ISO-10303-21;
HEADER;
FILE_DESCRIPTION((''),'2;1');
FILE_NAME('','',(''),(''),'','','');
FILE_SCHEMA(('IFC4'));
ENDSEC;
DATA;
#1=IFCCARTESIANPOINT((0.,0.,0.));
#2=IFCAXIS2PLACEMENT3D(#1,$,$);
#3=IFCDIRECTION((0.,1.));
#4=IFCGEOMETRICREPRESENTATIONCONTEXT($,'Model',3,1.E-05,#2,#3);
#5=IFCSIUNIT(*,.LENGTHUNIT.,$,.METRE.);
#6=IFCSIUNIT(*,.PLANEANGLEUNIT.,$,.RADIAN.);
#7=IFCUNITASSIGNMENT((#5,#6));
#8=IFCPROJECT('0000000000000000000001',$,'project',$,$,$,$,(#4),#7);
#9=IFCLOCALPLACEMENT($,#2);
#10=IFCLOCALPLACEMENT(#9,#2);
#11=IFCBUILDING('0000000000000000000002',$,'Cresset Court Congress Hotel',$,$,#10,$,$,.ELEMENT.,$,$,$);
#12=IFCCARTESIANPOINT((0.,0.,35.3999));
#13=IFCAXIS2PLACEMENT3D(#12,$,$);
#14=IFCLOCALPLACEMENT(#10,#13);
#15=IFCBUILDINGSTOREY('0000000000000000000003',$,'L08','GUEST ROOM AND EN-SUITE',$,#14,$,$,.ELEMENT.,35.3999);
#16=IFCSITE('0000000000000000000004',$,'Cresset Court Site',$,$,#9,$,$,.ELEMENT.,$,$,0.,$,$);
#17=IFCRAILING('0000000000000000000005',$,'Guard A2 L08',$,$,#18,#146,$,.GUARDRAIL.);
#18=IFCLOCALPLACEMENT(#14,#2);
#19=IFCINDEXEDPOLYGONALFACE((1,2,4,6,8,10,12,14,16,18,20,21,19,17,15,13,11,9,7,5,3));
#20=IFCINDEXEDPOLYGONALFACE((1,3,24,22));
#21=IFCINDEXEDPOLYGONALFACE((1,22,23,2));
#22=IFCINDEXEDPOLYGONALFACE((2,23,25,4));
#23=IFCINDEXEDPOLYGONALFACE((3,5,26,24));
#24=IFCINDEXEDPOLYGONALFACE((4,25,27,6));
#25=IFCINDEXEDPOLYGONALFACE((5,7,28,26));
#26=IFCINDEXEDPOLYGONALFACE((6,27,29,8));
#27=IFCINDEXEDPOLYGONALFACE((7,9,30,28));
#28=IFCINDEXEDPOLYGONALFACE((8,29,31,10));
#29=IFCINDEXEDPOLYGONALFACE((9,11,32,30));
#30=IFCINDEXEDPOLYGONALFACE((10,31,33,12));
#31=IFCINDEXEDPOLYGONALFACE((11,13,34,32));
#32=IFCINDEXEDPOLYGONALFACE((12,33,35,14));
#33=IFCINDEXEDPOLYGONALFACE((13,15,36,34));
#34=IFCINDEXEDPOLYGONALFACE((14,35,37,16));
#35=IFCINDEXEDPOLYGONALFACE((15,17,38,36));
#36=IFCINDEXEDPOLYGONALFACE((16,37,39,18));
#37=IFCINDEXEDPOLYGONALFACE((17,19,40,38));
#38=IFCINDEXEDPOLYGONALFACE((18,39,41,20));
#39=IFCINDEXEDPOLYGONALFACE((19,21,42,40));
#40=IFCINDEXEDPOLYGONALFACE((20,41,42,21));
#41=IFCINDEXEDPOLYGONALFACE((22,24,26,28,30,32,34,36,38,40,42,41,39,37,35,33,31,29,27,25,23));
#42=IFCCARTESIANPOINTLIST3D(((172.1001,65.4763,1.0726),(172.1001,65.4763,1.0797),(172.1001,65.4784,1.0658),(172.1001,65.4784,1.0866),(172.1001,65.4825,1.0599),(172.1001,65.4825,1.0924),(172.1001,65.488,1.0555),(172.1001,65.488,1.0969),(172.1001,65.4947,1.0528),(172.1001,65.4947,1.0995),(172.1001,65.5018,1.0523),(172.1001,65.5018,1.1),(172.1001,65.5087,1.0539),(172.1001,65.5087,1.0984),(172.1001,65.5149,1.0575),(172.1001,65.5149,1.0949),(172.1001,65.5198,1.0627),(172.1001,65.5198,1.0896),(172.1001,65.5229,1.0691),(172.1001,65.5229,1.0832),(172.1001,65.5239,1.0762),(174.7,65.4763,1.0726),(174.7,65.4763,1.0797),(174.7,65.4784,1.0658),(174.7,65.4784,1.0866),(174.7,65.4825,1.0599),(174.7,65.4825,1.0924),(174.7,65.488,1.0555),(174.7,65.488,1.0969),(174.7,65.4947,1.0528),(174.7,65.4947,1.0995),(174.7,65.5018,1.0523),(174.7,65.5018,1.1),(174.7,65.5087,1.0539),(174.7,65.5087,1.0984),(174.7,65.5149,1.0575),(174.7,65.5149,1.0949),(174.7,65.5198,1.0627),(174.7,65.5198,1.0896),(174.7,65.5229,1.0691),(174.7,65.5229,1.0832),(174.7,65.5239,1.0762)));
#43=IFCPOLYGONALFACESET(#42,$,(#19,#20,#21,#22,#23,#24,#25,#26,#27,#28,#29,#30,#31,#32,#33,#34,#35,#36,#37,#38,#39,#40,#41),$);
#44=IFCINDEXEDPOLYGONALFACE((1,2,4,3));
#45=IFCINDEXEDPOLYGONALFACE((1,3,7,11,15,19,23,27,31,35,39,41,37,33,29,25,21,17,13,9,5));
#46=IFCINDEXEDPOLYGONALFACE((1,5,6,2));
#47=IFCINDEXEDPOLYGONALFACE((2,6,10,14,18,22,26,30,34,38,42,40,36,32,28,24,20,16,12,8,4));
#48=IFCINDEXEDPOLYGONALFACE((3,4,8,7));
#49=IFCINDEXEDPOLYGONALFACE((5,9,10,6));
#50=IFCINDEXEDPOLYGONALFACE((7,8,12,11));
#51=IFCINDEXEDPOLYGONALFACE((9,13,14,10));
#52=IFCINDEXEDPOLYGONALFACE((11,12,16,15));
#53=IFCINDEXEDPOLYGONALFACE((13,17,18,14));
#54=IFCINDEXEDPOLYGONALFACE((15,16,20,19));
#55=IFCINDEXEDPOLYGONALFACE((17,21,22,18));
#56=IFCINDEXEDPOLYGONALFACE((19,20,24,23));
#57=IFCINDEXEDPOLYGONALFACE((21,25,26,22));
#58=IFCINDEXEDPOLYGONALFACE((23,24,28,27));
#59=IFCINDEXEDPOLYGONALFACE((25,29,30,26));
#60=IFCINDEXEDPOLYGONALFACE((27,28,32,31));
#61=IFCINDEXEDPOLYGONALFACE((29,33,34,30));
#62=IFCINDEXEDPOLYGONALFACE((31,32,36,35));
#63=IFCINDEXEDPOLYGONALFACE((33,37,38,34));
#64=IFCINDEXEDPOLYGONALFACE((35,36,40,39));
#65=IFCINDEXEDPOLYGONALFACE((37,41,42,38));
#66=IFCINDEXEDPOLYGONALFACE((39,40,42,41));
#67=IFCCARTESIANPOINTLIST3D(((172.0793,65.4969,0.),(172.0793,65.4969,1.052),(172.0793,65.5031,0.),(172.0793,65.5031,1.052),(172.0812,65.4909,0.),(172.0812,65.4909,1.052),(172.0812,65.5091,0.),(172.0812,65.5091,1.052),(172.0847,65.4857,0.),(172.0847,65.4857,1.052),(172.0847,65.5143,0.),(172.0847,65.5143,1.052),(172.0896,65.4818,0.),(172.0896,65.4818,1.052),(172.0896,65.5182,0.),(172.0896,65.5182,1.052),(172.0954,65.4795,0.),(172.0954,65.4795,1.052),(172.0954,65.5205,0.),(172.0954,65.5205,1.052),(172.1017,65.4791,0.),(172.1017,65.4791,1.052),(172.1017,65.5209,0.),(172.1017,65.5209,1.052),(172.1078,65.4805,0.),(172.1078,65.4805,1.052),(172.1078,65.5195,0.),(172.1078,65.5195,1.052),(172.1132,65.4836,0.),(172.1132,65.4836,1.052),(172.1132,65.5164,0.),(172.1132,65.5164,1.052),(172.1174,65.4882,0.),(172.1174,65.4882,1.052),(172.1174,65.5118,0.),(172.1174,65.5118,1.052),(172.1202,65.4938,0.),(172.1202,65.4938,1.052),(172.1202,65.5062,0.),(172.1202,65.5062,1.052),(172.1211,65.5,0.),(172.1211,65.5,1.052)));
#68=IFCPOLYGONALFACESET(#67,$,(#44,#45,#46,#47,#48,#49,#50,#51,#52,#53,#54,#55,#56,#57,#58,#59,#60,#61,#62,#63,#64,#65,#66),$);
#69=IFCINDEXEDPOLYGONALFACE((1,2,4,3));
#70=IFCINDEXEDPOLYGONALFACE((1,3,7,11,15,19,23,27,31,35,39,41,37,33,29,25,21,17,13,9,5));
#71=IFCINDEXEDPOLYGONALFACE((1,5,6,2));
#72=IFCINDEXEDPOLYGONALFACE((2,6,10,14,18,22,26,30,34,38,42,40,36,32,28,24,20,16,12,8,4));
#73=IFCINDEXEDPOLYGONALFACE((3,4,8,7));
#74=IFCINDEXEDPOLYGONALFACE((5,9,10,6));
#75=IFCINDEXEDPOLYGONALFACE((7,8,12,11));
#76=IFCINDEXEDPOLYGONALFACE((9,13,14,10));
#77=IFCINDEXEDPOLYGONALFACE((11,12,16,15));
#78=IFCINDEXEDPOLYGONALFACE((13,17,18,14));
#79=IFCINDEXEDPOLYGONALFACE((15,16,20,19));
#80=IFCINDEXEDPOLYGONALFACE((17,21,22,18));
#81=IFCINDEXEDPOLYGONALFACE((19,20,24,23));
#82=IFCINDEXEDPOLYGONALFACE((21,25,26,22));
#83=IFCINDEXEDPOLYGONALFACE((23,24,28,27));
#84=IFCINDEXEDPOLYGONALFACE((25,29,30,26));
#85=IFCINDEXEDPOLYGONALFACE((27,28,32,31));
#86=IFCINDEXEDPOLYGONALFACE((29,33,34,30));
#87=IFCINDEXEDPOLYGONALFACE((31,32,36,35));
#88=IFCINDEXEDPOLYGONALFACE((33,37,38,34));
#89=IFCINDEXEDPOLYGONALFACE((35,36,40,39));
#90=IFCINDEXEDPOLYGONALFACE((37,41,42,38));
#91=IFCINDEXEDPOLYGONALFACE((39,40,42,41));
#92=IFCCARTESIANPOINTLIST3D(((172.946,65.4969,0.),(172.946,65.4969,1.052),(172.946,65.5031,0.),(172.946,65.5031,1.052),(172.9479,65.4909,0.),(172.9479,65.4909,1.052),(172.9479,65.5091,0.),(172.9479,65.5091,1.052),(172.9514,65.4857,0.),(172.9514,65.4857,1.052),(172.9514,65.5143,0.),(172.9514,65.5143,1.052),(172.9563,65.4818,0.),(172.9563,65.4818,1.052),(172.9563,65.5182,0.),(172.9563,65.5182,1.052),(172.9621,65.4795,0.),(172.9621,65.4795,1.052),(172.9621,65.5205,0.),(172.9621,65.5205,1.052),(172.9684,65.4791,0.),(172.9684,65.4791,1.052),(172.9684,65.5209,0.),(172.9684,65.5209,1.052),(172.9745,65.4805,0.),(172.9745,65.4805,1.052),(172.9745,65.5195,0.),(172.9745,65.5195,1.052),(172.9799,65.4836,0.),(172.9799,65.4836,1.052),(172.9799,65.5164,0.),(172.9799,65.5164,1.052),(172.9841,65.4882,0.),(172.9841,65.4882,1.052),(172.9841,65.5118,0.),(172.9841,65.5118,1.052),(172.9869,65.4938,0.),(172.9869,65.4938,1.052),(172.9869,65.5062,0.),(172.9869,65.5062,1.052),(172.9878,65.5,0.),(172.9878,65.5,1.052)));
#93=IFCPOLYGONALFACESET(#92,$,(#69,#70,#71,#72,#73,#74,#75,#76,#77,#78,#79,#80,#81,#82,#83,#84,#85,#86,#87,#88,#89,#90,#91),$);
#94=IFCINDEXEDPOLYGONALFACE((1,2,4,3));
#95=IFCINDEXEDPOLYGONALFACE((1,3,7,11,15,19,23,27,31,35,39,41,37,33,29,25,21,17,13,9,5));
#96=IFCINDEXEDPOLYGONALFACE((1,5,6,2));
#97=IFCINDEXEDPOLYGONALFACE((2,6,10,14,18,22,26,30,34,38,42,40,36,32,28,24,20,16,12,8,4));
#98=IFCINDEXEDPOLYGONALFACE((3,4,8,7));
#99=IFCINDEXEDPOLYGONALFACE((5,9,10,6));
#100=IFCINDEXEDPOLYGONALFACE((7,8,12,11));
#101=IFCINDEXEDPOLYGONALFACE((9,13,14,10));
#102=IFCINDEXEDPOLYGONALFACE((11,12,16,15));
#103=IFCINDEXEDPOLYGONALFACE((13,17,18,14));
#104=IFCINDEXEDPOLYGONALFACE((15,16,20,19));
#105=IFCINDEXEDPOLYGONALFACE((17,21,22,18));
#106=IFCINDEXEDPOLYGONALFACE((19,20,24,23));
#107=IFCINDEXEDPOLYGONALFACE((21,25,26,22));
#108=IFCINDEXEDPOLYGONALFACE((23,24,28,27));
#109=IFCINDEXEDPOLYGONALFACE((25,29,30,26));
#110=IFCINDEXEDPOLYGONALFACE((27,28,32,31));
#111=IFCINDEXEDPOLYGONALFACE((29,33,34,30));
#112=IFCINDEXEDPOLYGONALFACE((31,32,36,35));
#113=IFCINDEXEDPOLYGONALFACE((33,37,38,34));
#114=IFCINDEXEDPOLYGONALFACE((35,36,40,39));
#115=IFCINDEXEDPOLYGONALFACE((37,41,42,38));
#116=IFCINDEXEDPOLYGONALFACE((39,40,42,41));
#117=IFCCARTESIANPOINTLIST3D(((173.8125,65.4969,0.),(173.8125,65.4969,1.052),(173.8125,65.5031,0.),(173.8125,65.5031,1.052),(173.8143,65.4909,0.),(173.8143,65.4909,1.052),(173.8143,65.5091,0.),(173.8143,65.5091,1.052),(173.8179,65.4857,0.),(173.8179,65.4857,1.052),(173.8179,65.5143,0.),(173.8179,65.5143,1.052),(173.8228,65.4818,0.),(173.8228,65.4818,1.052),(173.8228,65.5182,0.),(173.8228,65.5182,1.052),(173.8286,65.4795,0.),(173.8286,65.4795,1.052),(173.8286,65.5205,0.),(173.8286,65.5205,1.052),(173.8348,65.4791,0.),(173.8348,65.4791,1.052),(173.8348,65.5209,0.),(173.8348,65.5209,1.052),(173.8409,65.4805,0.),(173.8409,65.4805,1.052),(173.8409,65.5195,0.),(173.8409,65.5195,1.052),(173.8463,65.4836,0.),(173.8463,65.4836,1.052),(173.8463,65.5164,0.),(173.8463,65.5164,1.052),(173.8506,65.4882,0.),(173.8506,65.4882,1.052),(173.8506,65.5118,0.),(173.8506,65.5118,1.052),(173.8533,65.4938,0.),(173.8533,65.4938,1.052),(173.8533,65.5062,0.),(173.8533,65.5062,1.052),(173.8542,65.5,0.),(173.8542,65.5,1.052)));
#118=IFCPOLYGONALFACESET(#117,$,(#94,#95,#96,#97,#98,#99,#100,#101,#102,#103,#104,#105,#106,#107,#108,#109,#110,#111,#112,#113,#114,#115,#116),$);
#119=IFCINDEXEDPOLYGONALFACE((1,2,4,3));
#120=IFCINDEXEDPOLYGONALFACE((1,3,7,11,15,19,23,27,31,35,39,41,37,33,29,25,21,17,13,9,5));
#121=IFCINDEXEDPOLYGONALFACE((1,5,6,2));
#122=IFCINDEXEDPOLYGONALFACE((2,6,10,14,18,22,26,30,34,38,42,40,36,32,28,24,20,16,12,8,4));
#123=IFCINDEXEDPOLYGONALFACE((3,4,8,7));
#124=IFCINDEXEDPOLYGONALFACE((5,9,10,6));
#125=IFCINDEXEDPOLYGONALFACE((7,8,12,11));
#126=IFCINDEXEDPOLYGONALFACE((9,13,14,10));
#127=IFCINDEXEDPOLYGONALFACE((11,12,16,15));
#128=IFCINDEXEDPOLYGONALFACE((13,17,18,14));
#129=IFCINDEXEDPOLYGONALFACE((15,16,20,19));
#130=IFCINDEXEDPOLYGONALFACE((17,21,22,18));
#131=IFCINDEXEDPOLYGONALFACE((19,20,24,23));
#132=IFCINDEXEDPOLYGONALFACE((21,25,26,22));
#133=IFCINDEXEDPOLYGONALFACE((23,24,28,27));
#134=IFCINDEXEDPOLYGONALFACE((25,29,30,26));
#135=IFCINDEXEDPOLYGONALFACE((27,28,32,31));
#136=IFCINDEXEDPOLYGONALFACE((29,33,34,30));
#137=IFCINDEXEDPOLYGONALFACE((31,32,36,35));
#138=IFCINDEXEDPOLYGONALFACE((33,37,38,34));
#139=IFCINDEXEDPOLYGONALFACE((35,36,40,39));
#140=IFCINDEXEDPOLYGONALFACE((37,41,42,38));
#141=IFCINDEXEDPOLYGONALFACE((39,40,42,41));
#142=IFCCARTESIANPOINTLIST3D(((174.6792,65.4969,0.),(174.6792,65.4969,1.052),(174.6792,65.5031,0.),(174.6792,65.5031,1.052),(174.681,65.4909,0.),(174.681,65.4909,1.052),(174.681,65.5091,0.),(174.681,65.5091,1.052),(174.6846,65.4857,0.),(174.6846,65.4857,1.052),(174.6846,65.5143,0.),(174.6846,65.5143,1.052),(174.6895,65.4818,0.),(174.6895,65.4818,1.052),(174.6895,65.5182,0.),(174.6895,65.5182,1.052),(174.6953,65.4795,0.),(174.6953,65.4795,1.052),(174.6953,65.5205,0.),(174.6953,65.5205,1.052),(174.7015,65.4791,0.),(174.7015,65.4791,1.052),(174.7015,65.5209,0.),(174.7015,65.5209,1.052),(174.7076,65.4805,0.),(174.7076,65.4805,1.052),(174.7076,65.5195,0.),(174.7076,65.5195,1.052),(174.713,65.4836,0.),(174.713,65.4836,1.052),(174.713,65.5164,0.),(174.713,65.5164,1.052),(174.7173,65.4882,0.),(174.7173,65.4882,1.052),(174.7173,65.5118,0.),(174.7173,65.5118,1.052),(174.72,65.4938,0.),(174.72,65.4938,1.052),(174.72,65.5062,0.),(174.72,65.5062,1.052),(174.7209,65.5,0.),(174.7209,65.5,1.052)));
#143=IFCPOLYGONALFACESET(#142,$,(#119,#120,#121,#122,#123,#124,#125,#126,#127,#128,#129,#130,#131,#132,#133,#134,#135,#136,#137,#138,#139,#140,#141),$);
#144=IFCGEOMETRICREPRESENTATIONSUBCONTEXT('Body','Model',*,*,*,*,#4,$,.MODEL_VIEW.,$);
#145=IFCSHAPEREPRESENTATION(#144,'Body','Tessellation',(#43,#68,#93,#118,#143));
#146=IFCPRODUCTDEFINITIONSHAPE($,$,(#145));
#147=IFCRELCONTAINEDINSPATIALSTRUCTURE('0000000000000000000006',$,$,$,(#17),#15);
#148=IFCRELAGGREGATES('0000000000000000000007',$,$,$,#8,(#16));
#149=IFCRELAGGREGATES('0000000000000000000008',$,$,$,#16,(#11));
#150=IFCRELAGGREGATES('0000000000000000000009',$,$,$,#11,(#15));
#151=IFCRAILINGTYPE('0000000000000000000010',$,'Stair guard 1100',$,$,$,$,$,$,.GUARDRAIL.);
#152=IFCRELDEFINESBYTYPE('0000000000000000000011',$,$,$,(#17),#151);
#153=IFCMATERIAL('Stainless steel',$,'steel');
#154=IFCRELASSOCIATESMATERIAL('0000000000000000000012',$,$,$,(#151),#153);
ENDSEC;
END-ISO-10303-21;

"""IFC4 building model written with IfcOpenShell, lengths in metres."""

from ifc_helpers import new_model, si_unit, direction, frame, origin, origin_2d, place, context, subcontext, project, spatial, circle, extrude, material, type_object, element, save


model = new_model("IFC4")

# Units and contexts
model_context = context("Model", 3, precision=1e-05, world=origin(), true_north=direction((0.0, 1.0)))
body_context = subcontext(model_context, "Body", "Model", "MODEL_VIEW")
ifc_project = project(units=[si_unit("LENGTHUNIT", "METRE"), si_unit("PLANEANGLEUNIT", "RADIAN")], contexts=[model_context])

# Site, building, storey
site_placement = place(None, origin())
site = spatial("IfcSite", under=ifc_project, at=site_placement, Name="Cresset Court Site", CompositionType="ELEMENT", RefElevation=0.0)
building_placement = place(site_placement, origin())
building = spatial("IfcBuilding", under=site, at=building_placement, Name="Cresset Court Congress Hotel", CompositionType="ELEMENT")
storey_placement = place(building_placement, frame((0.0, 0.0, 35.3999)))
storey = spatial("IfcBuildingStorey", under=building, at=storey_placement, Name="L08", Description="GUEST ROOM AND EN-SUITE", CompositionType="ELEMENT", Elevation=35.3999)

# Railing
ifc_material_1 = material(Name="Stainless steel", Category="steel")
railing_type_1 = type_object("IfcRailingType", Name="Stair guard 1100", PredefinedType="GUARDRAIL", material=ifc_material_1)
for number, where, name in (
    (1, (172.1001, 65.5, 0.0), "Guard A2 L08"),
):
    element("IfcRailing", number, at=place(storey_placement, frame(where)), inside=storey, type_object=railing_type_1, Name=name, PredefinedType="GUARDRAIL", context=body_context, shape_type="SweptSolid", body=[
        extrude(circle(Radius=0.0239, at=origin_2d()), frame((0.0, 0.0, 1.0762), z_axis=(1.0, 0.0, 0.0), x_axis=(0.0, 1.0, 0.0)), (0.0, 0.0, 1.0), 2.5999),
        extrude(circle(Radius=0.021, at=origin_2d()), origin(), (0.0, 0.0, 1.0), 1.052),
        extrude(circle(Radius=0.021, at=origin_2d()), frame((0.8667, 0.0, 0.0)), (0.0, 0.0, 1.0), 1.052),
        extrude(circle(Radius=0.021, at=origin_2d()), frame((1.7332, 0.0, 0.0)), (0.0, 0.0, 1.0), 1.052),
        extrude(circle(Radius=0.021, at=origin_2d()), frame((2.5999, 0.0, 0.0)), (0.0, 0.0, 1.0), 1.052),
    ])

save(model, "model.ifc")
